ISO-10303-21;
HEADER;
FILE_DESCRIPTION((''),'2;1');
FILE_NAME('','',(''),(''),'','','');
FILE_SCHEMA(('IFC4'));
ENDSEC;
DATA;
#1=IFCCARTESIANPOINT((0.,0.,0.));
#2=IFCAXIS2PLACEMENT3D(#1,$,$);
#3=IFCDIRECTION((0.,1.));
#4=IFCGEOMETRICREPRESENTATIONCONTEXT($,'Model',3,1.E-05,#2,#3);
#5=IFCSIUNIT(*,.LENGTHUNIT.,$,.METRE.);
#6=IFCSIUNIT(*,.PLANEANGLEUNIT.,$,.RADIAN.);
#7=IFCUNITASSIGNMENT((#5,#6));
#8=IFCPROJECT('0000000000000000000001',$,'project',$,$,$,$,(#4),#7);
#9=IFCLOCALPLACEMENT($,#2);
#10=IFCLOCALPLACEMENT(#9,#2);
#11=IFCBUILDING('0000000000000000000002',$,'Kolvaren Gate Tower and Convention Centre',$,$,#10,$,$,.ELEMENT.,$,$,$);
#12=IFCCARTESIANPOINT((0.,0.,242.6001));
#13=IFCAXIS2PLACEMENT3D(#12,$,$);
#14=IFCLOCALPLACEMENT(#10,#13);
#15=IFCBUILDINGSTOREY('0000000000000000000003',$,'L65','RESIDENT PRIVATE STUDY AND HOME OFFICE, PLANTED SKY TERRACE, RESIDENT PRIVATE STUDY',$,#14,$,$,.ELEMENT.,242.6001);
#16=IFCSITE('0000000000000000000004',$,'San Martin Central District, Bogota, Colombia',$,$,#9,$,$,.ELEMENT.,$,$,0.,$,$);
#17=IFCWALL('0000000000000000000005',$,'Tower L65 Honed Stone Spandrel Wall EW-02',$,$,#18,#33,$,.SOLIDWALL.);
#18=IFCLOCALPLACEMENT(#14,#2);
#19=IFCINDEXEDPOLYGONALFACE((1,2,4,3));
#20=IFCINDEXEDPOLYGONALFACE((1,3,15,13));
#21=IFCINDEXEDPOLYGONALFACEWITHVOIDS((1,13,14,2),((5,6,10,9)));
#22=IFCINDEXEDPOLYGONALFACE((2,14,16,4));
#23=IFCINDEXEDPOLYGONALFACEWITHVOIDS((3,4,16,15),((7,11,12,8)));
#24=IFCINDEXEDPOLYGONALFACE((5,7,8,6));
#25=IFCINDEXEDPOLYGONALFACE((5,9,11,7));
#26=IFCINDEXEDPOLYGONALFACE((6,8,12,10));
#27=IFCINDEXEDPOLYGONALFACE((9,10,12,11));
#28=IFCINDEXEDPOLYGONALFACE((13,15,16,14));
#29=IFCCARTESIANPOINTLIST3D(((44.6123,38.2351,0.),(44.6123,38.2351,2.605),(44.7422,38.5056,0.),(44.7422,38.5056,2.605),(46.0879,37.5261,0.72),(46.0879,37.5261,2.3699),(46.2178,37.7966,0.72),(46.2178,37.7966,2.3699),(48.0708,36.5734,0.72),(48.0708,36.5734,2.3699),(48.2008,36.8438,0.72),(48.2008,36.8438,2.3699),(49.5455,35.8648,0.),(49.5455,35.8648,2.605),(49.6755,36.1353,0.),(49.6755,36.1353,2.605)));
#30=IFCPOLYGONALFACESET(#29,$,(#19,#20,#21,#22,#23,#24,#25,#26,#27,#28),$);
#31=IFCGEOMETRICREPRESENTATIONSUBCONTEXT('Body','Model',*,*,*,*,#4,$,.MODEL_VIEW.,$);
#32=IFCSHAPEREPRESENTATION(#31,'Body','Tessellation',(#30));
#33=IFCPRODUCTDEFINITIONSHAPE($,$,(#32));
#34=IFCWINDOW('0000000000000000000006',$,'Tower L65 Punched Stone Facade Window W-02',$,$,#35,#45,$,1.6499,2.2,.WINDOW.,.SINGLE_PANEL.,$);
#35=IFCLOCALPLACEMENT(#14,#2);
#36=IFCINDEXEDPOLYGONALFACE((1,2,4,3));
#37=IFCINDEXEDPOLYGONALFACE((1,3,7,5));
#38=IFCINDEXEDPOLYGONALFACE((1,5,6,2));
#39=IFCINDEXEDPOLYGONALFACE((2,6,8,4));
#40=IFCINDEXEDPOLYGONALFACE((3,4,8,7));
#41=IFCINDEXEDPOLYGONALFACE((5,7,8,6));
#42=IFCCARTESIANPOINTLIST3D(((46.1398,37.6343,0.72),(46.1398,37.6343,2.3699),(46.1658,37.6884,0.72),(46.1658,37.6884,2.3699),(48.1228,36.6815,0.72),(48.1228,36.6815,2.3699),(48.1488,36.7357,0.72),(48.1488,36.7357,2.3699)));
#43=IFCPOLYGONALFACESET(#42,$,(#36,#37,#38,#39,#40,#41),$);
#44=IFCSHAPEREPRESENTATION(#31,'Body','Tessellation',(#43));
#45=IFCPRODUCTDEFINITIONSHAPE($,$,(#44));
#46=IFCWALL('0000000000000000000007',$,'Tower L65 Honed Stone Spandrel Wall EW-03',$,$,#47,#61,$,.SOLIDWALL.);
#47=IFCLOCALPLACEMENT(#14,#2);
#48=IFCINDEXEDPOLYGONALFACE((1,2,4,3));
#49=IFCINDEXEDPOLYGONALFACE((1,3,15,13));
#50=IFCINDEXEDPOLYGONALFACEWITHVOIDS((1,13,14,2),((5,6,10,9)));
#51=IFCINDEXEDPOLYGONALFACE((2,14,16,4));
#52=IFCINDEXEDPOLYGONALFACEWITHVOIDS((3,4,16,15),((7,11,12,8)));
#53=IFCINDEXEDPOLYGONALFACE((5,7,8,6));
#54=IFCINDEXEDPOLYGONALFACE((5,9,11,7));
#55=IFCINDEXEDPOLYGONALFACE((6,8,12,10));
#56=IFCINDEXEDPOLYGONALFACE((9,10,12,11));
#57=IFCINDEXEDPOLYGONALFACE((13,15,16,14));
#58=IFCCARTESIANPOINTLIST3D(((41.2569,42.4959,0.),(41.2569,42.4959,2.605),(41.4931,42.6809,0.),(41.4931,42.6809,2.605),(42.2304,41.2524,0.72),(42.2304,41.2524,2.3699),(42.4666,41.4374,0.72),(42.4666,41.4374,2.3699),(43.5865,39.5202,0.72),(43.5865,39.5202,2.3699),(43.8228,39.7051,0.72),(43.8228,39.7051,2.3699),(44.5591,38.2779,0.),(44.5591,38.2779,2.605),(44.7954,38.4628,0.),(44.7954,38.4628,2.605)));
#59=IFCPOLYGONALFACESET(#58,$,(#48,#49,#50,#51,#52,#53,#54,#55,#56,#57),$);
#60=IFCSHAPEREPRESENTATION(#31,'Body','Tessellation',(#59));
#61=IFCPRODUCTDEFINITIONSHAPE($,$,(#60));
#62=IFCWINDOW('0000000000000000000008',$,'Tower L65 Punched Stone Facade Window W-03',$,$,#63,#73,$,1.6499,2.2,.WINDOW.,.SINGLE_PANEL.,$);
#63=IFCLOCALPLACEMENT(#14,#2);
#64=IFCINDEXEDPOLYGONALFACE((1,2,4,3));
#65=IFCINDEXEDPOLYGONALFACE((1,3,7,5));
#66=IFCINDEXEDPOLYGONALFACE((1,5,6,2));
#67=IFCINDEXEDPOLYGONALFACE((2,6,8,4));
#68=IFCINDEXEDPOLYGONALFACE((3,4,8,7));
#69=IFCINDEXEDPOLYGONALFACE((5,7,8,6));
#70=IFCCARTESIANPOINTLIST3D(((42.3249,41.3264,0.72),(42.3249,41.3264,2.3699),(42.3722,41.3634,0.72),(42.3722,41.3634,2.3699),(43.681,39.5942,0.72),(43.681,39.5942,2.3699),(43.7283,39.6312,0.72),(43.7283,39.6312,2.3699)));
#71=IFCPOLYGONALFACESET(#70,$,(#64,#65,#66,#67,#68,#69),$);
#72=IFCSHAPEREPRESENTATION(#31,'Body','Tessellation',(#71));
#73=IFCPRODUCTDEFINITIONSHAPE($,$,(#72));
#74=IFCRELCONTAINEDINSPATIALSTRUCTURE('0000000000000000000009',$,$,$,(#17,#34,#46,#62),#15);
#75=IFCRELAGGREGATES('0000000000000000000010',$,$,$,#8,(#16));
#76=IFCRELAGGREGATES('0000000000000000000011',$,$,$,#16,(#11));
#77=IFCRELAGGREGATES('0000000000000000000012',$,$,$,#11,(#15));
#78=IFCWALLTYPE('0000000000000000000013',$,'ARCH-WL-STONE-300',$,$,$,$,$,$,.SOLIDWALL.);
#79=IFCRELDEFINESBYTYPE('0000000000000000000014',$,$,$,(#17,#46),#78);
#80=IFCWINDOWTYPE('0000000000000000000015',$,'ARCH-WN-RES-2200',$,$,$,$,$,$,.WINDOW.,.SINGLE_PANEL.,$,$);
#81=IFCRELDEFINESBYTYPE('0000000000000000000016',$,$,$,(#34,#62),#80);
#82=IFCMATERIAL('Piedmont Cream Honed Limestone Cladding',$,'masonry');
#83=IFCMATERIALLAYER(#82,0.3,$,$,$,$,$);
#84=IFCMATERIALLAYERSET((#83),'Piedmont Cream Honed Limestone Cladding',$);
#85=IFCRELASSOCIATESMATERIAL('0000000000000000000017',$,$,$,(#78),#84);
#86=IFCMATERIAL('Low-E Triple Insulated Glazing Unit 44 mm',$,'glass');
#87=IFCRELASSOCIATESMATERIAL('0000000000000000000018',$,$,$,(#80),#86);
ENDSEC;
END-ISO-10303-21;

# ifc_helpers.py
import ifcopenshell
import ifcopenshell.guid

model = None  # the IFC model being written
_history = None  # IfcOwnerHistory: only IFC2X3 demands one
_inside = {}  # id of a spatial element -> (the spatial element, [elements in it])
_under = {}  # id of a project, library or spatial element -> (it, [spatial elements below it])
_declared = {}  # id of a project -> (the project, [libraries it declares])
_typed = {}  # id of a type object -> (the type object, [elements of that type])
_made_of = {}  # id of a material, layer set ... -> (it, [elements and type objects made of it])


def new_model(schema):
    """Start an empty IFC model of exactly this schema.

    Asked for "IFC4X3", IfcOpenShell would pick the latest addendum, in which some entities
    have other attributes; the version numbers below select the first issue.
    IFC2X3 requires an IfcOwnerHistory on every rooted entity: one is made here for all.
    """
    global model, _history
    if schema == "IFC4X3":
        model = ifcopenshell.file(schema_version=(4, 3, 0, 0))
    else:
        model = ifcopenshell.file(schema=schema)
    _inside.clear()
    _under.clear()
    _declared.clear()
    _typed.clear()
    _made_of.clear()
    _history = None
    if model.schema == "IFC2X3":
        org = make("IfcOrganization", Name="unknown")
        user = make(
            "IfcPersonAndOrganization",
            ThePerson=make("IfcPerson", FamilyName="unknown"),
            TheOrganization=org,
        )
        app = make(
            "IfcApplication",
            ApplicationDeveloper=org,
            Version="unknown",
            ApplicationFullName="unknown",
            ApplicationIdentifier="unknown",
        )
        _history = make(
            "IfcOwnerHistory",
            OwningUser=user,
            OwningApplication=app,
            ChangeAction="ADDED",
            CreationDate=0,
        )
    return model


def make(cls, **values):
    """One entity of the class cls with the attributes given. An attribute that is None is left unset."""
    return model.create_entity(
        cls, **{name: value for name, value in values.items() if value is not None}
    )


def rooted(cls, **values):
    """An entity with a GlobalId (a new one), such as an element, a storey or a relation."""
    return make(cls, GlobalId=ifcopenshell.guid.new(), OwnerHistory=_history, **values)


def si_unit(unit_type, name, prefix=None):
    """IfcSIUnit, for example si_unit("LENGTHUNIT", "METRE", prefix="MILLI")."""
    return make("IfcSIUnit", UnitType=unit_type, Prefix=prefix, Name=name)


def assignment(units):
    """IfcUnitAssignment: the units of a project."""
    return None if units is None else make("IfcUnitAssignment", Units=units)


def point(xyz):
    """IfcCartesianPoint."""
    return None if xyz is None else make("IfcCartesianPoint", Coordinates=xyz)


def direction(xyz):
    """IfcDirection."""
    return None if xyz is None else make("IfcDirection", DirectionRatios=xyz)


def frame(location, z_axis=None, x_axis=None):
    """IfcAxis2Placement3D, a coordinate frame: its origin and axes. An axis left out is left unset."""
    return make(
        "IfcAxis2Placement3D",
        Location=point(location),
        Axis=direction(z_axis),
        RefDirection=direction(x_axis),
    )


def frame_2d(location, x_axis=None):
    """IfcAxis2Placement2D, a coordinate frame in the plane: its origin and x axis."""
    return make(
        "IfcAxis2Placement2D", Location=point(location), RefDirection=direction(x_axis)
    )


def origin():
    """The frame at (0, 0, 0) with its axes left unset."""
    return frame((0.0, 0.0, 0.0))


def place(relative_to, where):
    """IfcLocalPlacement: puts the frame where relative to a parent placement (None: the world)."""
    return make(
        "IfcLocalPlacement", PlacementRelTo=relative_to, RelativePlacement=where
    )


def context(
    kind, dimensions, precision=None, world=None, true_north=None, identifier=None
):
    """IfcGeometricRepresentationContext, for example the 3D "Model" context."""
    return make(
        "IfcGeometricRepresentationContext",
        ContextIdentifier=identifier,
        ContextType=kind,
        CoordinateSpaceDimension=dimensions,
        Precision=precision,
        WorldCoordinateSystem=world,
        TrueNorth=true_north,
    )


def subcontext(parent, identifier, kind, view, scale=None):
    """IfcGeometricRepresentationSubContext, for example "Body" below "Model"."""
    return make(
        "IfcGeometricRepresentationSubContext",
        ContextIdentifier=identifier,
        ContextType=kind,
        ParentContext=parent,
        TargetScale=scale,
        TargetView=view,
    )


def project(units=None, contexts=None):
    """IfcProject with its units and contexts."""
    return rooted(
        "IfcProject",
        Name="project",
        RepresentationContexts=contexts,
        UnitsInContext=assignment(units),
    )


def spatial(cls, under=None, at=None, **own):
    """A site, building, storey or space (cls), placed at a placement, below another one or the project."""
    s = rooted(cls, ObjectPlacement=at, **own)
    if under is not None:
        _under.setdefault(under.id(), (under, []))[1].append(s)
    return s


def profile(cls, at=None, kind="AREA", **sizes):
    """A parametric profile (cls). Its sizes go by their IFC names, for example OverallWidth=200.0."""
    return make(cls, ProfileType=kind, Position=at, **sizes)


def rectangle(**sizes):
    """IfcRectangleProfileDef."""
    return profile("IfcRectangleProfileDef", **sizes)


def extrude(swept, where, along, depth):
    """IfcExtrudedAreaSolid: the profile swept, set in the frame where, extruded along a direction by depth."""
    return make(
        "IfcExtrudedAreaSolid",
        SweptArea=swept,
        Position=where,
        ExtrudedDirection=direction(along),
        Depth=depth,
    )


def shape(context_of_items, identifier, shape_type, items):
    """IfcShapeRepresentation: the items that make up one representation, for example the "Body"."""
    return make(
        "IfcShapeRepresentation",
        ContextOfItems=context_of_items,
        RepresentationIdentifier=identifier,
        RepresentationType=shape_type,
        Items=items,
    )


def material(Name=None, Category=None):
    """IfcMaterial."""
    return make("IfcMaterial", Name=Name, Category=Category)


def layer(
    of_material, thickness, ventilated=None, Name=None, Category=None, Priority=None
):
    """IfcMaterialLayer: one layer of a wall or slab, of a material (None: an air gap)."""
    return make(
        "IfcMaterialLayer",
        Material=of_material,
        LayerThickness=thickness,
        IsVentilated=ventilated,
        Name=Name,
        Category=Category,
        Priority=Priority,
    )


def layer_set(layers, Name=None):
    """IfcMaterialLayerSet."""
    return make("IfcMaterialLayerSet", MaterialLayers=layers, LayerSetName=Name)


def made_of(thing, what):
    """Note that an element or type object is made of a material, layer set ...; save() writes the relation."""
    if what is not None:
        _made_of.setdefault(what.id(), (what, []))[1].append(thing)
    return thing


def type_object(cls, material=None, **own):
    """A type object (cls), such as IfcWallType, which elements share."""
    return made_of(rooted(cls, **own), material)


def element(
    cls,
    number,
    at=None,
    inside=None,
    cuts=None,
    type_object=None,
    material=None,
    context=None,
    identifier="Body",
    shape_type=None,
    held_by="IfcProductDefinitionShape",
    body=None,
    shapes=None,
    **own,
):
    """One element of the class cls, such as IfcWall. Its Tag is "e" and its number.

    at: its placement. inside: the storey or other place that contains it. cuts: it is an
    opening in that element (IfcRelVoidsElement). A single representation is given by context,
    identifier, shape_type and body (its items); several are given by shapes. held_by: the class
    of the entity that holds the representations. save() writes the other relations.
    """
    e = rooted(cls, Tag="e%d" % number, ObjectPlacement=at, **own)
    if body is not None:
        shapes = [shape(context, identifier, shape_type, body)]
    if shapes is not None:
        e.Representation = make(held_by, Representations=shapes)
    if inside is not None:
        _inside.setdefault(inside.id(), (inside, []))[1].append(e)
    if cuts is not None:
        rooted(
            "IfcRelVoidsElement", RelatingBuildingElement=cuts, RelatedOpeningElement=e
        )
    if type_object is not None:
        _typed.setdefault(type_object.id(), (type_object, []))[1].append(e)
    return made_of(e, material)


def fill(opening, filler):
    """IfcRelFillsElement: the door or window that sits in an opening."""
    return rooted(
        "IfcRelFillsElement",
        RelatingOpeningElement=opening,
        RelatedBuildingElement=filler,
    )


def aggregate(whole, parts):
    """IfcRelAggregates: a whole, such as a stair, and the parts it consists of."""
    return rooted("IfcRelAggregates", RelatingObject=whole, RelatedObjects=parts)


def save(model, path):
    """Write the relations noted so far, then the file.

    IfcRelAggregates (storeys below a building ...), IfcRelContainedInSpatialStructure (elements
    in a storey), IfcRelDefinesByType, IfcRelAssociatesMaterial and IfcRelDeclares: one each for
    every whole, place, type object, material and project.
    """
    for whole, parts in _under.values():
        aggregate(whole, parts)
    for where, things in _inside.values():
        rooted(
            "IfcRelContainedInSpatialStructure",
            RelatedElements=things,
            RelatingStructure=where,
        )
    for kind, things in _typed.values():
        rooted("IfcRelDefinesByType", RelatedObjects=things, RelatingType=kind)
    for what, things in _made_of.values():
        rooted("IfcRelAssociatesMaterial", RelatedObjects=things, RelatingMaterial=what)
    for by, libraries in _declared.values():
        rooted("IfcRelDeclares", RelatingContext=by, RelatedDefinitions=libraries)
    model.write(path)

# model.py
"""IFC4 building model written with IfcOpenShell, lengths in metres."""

from ifc_helpers import new_model, si_unit, direction, frame, frame_2d, origin, place, context, subcontext, project, spatial, rectangle, extrude, material, layer, layer_set, type_object, element, fill, save


model = new_model("IFC4")

# Units and contexts
model_context = context("Model", 3, precision=1e-05, world=origin(), true_north=direction((0.0, 1.0)))
body_context = subcontext(model_context, "Body", "Model", "MODEL_VIEW")
ifc_project = project(units=[si_unit("LENGTHUNIT", "METRE"), si_unit("PLANEANGLEUNIT", "RADIAN")], contexts=[model_context])

# Site, building, storey
site_placement = place(None, origin())
site = spatial("IfcSite", under=ifc_project, at=site_placement, Name="San Martin Central District, Bogota, Colombia", CompositionType="ELEMENT", RefElevation=0.0)
building_placement = place(site_placement, origin())
building = spatial("IfcBuilding", under=site, at=building_placement, Name="Kolvaren Gate Tower and Convention Centre", CompositionType="ELEMENT")
storey_placement = place(building_placement, frame((0.0, 0.0, 242.6001)))
storey = spatial("IfcBuildingStorey", under=building, at=storey_placement, Name="L65", Description="RESIDENT PRIVATE STUDY AND HOME OFFICE, PLANTED SKY TERRACE, RESIDENT PRIVATE STUDY", CompositionType="ELEMENT", Elevation=242.6001)

# Shared definitions
ifc_material_1 = material(Name="Piedmont Cream Honed Limestone Cladding", Category="masonry")

# Shared definitions
ifc_layer_1 = layer(ifc_material_1, 0.3)
ifc_layer_set_1 = layer_set([ifc_layer_1], Name="Piedmont Cream Honed Limestone Cladding")
wall_type_1 = type_object("IfcWallType", Name="ARCH-WL-STONE-300", PredefinedType="SOLIDWALL", material=ifc_layer_set_1)

# Walls, openings, windows
wall_1_placement = place(storey_placement, frame((44.6772, 38.3704, 0.0), z_axis=(0.0, 0.0, 1.0), x_axis=(0.901355, -0.433081, 0.0)))
wall_1 = element("IfcWall", 1, at=wall_1_placement, inside=storey, type_object=wall_type_1, Name="Tower L65 Honed Stone Spandrel Wall EW-02", PredefinedType="SOLIDWALL", context=body_context, shape_type="SweptSolid", body=[
    extrude(rectangle(XDim=5.4731, YDim=0.3, at=frame_2d((2.7366, 0.0))), origin(), (0.0, 0.0, 1.0), 2.605),
])
opening_1_placement = place(wall_1_placement, frame((1.637, 0.0, 0.72)))
opening_1 = element("IfcOpeningElement", 2, at=opening_1_placement, cuts=wall_1, PredefinedType="OPENING", context=body_context, shape_type="SweptSolid", body=[
    extrude(rectangle(XDim=2.2, YDim=1.6499, at=frame_2d((1.1001, 0.825))), frame((0.0, 0.1599, 0.0), z_axis=(0.0, -1.0, 0.0), x_axis=(1.0, 0.0, 0.0)), (0.0, 0.0, 1.0), 0.3201),
])
ifc_material_2 = material(Name="Low-E Triple Insulated Glazing Unit 44 mm", Category="glass")
window_type = type_object("IfcWindowType", Name="ARCH-WN-RES-2200", PartitioningType="SINGLE_PANEL", PredefinedType="WINDOW", material=ifc_material_2)
window_1_placement = place(opening_1_placement, origin())
window_1 = element("IfcWindow", 3, at=window_1_placement, inside=storey, type_object=window_type, Name="Tower L65 Punched Stone Facade Window W-02", OverallHeight=1.6499, OverallWidth=2.2, PartitioningType="SINGLE_PANEL", PredefinedType="WINDOW", context=body_context, shape_type="SweptSolid", body=[
    extrude(rectangle(XDim=2.2, YDim=1.6499, at=frame_2d((1.1001, 0.825))), frame((0.0, 0.03, 0.0), z_axis=(0.0, -1.0, 0.0), x_axis=(1.0, 0.0, 0.0)), (0.0, 0.0, 1.0), 0.0601),
])
fill(opening_1, window_1)
wall_2_placement = place(storey_placement, frame((41.375, 42.5884, 0.0), z_axis=(0.0, 0.0, 1.0), x_axis=(0.616446, -0.787397, 0.0)))
wall_2 = element("IfcWall", 4, at=wall_2_placement, inside=storey, type_object=wall_type_1, Name="Tower L65 Honed Stone Spandrel Wall EW-03", PredefinedType="SOLIDWALL", context=body_context, shape_type="SweptSolid", body=[
    extrude(rectangle(XDim=5.3569, YDim=0.3, at=frame_2d((2.6785, 0.0))), origin(), (0.0, 0.0, 1.0), 2.605),
])
opening_2_placement = place(wall_2_placement, frame((1.5791, 0.0, 0.72)))
opening_2 = element("IfcOpeningElement", 5, at=opening_2_placement, cuts=wall_2, PredefinedType="OPENING", context=body_context, shape_type="SweptSolid", body=[
    extrude(rectangle(XDim=2.2, YDim=1.6499, at=frame_2d((1.1001, 0.825))), frame((0.0, 0.1599, 0.0), z_axis=(0.0, -1.0, 0.0), x_axis=(1.0, 0.0, 0.0)), (0.0, 0.0, 1.0), 0.3201),
])
window_2_placement = place(opening_2_placement, origin())
window_2 = element("IfcWindow", 6, at=window_2_placement, inside=storey, type_object=window_type, Name="Tower L65 Punched Stone Facade Window W-03", OverallHeight=1.6499, OverallWidth=2.2, PartitioningType="SINGLE_PANEL", PredefinedType="WINDOW", context=body_context, shape_type="SweptSolid", body=[
    extrude(rectangle(XDim=2.2, YDim=1.6499, at=frame_2d((1.1001, 0.825))), frame((0.0, 0.03, 0.0), z_axis=(0.0, -1.0, 0.0), x_axis=(1.0, 0.0, 0.0)), (0.0, 0.0, 1.0), 0.0601),
])
fill(opening_2, window_2)

save(model, "model.ifc")
